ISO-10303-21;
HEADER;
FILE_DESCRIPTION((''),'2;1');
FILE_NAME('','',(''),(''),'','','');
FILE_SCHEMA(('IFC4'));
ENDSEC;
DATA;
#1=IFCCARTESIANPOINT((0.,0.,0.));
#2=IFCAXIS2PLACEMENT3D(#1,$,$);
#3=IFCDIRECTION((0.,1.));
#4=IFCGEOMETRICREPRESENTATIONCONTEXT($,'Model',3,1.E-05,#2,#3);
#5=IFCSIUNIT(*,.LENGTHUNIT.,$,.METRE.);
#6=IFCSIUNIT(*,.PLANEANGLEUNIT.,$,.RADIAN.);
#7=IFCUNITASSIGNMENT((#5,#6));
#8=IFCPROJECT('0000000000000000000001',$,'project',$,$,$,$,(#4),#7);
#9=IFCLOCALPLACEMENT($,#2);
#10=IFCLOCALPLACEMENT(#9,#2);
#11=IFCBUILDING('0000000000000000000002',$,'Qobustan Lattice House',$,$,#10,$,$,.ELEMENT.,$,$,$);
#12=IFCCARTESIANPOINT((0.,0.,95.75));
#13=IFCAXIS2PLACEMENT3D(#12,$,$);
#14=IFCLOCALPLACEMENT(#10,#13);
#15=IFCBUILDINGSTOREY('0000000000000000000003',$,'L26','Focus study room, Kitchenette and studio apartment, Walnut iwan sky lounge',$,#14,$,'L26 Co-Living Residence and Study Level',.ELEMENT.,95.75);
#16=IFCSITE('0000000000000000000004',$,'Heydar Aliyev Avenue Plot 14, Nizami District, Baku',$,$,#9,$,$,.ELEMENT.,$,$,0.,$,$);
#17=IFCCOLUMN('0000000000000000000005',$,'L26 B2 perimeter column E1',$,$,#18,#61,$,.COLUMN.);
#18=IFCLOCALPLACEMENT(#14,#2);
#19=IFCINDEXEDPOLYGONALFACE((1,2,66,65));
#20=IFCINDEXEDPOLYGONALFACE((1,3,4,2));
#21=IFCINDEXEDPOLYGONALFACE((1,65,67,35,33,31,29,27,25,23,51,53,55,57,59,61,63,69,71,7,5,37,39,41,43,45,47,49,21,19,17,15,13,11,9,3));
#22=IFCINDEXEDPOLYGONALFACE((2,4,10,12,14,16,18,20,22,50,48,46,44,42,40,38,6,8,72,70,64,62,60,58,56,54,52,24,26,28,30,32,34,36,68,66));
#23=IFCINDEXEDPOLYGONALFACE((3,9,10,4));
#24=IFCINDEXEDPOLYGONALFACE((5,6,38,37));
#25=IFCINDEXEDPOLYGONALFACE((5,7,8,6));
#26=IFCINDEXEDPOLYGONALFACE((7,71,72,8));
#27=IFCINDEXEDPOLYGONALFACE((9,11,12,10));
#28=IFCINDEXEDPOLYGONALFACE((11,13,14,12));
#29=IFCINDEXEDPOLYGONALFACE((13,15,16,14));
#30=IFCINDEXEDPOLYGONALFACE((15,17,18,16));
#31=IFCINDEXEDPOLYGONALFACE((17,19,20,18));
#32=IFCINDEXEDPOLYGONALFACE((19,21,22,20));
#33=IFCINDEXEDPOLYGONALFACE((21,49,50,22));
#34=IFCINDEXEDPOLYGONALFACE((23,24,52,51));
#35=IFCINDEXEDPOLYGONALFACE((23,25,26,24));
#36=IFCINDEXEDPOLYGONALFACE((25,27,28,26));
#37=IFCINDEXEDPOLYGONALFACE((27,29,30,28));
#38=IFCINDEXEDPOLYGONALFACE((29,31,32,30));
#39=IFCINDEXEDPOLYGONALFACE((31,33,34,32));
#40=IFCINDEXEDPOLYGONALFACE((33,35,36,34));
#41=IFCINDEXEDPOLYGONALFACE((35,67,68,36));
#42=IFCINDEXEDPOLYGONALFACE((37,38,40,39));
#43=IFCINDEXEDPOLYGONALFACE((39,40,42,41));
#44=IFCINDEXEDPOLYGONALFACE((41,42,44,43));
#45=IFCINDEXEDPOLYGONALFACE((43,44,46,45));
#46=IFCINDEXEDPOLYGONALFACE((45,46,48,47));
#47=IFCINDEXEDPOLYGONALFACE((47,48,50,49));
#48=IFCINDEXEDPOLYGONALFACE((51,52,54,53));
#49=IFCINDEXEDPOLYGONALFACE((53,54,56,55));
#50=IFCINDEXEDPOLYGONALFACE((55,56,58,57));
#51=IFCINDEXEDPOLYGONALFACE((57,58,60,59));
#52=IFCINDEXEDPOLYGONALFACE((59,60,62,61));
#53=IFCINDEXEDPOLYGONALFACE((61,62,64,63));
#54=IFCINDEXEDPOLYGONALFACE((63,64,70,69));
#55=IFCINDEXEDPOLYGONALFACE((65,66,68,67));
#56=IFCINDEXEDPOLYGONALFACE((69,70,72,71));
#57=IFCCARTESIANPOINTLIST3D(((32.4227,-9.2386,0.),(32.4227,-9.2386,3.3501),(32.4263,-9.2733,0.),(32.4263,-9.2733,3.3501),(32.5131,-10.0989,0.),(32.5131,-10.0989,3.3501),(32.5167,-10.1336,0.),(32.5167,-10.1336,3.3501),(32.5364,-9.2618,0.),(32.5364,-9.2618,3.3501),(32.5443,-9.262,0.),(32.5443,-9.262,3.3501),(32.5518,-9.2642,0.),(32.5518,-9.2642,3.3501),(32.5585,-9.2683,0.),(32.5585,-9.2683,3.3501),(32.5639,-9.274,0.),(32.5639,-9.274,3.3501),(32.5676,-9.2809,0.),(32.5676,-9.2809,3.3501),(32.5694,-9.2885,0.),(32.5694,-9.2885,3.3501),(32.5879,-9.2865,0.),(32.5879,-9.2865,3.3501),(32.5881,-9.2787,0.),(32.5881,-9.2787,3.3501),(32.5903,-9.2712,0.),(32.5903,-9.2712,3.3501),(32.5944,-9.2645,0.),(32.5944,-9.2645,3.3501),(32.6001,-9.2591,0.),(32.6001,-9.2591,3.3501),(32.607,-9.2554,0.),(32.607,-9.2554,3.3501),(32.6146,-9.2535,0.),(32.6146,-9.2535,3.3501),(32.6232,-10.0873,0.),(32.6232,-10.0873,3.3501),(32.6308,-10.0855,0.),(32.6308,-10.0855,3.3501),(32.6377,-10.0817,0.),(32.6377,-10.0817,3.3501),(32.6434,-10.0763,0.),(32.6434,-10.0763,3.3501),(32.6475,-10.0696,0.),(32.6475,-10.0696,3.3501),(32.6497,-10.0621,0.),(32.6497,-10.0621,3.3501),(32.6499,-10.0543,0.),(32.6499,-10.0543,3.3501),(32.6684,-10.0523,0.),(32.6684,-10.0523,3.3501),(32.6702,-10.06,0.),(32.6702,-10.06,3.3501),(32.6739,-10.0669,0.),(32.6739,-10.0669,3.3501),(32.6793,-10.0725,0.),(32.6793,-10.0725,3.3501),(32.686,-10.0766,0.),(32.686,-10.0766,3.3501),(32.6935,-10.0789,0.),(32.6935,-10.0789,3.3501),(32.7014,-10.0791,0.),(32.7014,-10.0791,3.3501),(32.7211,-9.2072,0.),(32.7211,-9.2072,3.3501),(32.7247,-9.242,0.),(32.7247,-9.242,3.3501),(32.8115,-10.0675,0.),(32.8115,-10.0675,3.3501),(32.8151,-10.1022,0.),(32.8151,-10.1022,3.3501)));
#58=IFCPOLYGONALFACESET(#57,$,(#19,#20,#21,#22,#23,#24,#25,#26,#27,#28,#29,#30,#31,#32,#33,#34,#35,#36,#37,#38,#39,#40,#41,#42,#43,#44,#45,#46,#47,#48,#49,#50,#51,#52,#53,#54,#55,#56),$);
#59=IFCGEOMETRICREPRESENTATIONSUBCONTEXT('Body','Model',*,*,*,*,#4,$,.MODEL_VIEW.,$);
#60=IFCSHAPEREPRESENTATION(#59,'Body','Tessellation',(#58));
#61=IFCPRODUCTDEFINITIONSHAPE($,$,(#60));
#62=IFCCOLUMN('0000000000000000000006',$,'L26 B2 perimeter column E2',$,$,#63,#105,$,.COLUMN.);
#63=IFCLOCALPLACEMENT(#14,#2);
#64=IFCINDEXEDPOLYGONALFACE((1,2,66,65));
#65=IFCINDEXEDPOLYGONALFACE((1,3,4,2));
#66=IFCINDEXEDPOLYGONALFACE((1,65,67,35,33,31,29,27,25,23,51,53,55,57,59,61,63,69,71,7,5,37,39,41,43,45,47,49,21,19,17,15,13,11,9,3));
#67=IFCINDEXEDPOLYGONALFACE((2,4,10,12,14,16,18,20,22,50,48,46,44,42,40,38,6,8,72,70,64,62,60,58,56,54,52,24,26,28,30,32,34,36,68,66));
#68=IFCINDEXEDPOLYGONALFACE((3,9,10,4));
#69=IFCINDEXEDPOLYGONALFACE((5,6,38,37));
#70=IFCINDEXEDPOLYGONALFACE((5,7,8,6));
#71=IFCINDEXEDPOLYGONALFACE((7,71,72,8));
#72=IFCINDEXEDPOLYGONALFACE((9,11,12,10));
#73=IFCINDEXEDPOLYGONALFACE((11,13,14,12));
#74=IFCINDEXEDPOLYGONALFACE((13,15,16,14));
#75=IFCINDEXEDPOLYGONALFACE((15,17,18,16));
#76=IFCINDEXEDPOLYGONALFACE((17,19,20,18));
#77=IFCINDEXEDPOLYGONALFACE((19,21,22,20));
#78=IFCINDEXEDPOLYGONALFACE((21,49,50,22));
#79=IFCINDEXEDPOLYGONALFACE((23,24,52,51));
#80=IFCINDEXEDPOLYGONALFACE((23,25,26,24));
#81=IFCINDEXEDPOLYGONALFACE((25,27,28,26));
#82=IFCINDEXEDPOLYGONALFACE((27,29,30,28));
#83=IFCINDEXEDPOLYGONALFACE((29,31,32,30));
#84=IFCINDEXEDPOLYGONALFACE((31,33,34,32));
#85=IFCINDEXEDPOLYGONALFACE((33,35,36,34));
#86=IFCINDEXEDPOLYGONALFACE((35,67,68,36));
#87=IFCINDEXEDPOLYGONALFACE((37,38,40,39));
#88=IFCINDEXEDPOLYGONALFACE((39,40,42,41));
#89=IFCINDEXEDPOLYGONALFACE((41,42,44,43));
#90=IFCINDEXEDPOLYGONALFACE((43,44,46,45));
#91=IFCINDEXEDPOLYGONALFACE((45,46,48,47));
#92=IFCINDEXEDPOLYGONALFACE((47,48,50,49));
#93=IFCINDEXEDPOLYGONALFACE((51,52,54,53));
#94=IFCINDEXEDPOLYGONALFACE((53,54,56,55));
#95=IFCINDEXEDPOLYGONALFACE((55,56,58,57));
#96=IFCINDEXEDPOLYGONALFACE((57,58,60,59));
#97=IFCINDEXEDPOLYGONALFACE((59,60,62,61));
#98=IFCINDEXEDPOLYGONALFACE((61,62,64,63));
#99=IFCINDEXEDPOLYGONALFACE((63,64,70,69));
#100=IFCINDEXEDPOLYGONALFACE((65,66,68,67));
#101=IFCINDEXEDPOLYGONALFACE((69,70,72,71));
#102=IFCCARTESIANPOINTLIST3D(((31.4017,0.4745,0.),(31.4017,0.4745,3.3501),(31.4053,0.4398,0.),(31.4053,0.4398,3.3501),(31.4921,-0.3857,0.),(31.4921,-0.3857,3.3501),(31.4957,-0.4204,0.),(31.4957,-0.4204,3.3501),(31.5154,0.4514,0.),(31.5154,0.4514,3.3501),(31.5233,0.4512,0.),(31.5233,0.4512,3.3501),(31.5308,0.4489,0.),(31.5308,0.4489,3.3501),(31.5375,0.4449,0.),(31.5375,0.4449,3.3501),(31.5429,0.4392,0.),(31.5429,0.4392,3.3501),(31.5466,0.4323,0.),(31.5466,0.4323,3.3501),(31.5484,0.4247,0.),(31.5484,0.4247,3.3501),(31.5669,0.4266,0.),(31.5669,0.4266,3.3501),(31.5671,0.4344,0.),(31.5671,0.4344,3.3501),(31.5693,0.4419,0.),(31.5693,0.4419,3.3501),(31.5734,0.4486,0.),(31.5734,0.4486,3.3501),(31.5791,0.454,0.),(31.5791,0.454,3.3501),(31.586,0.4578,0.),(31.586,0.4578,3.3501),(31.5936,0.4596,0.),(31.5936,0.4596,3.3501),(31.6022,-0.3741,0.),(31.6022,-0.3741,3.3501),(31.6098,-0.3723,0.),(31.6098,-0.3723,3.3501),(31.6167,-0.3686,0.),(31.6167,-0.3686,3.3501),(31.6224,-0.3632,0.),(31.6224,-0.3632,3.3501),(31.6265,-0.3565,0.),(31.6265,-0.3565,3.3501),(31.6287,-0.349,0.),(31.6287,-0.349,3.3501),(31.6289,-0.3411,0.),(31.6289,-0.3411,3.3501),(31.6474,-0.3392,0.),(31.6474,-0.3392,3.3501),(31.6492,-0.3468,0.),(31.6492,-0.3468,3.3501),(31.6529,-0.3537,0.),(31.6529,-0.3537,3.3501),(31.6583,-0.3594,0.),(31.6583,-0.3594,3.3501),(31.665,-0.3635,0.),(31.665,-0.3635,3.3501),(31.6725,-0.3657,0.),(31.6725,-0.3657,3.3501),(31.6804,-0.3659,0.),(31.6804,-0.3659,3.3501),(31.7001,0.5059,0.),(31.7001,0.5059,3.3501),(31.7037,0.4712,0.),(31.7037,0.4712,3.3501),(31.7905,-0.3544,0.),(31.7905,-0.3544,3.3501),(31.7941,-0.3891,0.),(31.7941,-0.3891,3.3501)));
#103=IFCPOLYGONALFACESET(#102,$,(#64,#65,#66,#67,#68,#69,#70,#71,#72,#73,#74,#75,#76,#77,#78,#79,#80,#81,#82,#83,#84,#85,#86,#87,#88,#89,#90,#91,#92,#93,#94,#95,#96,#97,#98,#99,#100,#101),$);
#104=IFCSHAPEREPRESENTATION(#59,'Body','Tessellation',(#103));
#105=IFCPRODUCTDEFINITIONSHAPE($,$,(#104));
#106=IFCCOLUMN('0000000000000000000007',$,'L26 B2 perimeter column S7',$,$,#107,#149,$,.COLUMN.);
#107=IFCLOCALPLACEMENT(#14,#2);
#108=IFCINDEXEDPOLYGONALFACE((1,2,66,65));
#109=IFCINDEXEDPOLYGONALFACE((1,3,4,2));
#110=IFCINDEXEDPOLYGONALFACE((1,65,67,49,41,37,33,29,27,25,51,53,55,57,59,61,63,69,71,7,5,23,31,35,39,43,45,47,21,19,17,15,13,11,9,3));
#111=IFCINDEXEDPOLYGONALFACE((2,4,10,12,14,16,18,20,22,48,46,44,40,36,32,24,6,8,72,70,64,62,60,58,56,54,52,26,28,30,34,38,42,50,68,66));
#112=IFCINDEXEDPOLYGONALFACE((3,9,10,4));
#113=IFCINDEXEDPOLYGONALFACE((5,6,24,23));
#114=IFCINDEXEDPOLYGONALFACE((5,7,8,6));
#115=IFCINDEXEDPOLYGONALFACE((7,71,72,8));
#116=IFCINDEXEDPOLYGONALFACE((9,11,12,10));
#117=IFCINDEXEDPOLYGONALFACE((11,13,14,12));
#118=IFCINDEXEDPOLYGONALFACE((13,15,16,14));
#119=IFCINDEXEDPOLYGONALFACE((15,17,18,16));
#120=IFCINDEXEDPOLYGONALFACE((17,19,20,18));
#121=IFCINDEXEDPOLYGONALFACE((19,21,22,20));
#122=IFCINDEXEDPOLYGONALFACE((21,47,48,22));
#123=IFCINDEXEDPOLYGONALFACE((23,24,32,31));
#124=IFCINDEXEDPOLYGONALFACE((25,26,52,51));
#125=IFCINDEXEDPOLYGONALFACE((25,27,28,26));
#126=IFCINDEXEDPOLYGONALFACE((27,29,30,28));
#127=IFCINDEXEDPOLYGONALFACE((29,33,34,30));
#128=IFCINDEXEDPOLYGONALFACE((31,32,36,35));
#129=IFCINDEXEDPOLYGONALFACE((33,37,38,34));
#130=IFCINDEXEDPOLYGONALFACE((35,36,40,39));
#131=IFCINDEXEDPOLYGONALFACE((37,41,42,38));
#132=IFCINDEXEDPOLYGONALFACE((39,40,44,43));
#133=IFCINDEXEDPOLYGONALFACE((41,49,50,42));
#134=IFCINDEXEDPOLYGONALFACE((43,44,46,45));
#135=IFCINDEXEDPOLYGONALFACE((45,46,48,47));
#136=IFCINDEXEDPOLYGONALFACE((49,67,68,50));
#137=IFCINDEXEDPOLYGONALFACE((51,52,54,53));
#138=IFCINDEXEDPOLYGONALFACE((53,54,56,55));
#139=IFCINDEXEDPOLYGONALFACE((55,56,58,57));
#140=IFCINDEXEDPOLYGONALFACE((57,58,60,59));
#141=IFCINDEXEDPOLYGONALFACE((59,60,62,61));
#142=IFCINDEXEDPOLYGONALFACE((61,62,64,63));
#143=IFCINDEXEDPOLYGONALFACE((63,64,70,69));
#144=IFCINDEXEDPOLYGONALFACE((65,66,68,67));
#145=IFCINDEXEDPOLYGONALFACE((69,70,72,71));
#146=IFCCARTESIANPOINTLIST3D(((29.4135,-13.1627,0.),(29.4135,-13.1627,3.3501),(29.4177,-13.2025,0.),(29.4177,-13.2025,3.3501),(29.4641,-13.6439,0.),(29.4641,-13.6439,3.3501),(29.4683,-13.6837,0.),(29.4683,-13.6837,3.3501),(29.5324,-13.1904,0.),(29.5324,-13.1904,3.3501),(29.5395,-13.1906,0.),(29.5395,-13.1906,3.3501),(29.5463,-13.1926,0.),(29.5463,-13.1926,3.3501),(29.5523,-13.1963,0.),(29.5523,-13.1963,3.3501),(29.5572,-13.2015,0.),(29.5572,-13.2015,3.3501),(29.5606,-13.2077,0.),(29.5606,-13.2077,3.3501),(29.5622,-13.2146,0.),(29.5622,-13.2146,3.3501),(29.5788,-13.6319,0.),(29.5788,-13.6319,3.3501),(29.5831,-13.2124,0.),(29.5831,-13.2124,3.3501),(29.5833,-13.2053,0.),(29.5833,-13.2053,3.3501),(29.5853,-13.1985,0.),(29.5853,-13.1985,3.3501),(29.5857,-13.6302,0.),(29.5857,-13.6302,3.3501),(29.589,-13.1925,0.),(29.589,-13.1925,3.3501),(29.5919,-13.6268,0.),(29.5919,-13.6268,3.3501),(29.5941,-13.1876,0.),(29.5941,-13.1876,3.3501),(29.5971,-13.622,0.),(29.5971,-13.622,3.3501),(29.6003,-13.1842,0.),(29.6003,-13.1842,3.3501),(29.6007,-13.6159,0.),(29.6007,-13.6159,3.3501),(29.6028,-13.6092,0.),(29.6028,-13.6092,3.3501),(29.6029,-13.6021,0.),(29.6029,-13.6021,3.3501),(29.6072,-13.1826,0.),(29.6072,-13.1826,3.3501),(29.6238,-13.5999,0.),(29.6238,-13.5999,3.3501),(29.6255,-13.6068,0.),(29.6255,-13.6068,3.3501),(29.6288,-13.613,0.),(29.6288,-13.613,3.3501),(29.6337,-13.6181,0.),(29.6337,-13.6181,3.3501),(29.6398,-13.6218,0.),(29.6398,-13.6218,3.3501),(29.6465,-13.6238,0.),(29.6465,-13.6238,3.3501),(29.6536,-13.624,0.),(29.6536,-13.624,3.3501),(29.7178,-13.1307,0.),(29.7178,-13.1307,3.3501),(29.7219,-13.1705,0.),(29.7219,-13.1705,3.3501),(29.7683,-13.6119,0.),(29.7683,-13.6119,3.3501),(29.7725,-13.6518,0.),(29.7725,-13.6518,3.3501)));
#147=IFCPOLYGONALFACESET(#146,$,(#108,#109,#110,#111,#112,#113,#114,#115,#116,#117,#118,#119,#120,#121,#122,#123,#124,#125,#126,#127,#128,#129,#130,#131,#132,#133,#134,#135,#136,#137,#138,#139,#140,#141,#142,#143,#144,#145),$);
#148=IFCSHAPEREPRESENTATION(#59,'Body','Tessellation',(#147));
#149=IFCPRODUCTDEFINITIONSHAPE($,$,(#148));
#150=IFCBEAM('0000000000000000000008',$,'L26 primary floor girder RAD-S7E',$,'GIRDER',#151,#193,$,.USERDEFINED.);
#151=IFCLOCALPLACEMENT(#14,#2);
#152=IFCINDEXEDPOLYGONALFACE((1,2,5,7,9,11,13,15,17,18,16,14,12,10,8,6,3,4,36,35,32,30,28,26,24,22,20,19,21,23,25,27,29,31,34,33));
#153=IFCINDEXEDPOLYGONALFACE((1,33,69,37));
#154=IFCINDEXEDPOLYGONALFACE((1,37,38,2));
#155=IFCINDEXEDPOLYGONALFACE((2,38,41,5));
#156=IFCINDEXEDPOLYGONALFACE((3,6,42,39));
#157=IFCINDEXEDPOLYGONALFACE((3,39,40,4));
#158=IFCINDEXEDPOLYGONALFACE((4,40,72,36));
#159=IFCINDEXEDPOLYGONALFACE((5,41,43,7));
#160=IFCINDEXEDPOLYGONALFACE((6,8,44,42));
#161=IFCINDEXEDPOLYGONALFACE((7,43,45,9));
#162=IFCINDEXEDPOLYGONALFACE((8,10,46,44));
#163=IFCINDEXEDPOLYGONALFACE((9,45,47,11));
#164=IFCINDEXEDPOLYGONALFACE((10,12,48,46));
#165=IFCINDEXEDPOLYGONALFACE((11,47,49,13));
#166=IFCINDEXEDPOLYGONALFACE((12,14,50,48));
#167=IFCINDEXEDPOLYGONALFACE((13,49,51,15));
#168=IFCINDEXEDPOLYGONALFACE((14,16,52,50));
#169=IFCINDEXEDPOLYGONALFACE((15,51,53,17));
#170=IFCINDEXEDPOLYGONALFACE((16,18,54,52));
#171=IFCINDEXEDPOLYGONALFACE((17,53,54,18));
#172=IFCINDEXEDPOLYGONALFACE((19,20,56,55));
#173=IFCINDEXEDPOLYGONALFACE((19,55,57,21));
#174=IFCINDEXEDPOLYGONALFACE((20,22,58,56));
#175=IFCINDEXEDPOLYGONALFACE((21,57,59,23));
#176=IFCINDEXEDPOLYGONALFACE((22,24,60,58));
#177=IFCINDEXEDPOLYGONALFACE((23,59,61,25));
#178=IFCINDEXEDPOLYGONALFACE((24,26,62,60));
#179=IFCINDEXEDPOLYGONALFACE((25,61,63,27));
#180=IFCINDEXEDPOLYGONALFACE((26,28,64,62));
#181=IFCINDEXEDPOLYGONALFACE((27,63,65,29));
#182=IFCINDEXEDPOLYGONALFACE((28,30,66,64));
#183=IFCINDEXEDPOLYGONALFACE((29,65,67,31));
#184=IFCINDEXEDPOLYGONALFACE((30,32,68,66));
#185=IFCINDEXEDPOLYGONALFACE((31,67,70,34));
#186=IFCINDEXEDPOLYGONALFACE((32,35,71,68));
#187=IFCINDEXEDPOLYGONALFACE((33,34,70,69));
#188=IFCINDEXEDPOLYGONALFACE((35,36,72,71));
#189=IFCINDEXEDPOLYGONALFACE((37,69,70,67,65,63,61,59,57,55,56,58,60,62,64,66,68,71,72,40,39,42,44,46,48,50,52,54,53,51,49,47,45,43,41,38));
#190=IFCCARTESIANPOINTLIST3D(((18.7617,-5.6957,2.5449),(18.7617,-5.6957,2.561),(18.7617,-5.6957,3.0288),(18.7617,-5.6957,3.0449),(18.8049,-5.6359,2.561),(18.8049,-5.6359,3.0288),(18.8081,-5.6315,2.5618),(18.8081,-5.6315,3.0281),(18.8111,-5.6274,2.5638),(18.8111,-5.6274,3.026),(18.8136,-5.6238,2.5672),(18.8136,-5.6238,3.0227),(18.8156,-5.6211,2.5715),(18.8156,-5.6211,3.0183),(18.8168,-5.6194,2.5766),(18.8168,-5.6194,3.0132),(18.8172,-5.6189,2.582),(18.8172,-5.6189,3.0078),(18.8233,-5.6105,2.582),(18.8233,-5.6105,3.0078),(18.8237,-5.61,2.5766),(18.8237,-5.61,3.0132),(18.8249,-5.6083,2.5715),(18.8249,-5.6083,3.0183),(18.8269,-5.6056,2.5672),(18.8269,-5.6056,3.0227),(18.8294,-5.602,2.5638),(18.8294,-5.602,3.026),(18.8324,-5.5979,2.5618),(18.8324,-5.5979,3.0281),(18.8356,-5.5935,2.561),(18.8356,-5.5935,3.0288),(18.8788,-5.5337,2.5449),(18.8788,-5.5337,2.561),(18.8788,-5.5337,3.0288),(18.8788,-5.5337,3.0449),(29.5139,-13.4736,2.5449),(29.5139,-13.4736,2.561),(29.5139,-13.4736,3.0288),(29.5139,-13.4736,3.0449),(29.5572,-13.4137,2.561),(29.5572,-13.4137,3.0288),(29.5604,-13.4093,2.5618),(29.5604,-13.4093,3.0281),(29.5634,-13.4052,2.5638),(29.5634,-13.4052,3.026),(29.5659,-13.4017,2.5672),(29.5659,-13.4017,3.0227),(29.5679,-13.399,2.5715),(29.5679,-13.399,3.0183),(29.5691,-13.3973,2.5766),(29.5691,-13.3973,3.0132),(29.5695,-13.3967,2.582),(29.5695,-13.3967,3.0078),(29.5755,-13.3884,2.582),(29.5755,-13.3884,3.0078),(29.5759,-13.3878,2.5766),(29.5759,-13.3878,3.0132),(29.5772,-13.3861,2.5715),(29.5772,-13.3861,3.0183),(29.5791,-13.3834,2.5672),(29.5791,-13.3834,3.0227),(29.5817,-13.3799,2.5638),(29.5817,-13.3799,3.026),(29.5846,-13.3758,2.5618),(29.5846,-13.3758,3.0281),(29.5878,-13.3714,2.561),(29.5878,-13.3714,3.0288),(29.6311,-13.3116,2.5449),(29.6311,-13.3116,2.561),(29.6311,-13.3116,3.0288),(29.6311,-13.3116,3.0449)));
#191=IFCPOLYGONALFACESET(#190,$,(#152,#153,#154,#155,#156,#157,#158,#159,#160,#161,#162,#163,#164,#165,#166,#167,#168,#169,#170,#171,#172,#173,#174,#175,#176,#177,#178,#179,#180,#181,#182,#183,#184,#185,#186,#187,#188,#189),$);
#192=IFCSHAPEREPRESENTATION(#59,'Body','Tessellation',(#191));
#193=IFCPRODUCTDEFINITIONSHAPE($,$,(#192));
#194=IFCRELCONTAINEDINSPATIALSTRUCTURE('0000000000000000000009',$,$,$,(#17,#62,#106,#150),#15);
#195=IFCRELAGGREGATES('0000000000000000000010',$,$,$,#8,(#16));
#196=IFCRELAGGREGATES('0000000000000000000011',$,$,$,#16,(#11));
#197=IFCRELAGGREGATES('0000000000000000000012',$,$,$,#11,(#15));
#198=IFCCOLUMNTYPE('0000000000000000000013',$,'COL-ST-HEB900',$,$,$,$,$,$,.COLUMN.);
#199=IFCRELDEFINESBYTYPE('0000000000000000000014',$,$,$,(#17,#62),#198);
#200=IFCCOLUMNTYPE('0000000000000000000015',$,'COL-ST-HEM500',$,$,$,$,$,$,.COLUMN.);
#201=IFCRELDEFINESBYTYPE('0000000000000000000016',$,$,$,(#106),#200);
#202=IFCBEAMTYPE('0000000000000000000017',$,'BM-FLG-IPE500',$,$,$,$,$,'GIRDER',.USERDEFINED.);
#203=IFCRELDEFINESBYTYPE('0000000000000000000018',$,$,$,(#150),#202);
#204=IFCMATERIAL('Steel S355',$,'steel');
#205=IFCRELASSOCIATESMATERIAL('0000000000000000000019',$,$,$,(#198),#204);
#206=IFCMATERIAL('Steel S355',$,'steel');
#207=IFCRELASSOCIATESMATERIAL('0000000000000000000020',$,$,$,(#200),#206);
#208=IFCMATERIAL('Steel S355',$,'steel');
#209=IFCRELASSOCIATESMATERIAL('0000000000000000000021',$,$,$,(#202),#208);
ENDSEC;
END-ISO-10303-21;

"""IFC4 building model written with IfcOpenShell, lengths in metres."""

from ifc_helpers import new_model, si_unit, direction, frame, origin, origin_2d, place, context, subcontext, project, spatial, i_section, extrude, material, material_profile, profile_set, type_object, element, save


model = new_model("IFC4")

# Units and contexts
model_context = context("Model", 3, precision=1e-05, world=origin(), true_north=direction((0.0, 1.0)))
body_context = subcontext(model_context, "Body", "Model", "MODEL_VIEW")
ifc_project = project(units=[si_unit("LENGTHUNIT", "METRE"), si_unit("PLANEANGLEUNIT", "RADIAN")], contexts=[model_context])

# Site, building, storey
site_placement = place(None, origin())
site = spatial("IfcSite", under=ifc_project, at=site_placement, Name="Heydar Aliyev Avenue Plot 14, Nizami District, Baku", CompositionType="ELEMENT", RefElevation=0.0)
building_placement = place(site_placement, origin())
building = spatial("IfcBuilding", under=site, at=building_placement, Name="Qobustan Lattice House", CompositionType="ELEMENT")
storey_placement = place(building_placement, frame((0.0, 0.0, 95.75)))
storey = spatial("IfcBuildingStorey", under=building, at=storey_placement, Name="L26", Description="Focus study room, Kitchenette and studio apartment, Walnut iwan sky lounge", LongName="L26 Co-Living Residence and Study Level", CompositionType="ELEMENT", Elevation=95.75)

# Columns
ifc_material_1 = material(Name="Steel S355", Category="steel")
ifc_material_profile_1 = material_profile(ifc_material_1, i_section(OverallWidth=0.3, OverallDepth=0.8999, WebThickness=0.0186, FlangeThickness=0.0349, FilletRadius=0.03, at=origin_2d()), Name="HEB900")
ifc_profile_set_1 = profile_set([ifc_material_profile_1], Name="Steel S355")
column_type_1 = type_object("IfcColumnType", Name="COL-ST-HEB900", PredefinedType="COLUMN", material=ifc_profile_set_1)
for number, where, z_axis, x_axis, name in (
    (1, (32.6189, -9.6704, 0.0), (0.0, 0.0, 1.0), (0.994522, 0.104528, 0.0), "L26 B2 perimeter column E1"),
    (2, (31.5979, 0.0427, 0.0), (0.0, 0.0, 1.0), (0.994522, 0.104528, 0.0), "L26 B2 perimeter column E2"),
):
    element("IfcColumn", number, at=place(storey_placement, frame(where, z_axis=z_axis, x_axis=x_axis)), inside=storey, type_object=column_type_1, Name=name, PredefinedType="COLUMN", context=body_context, shape_type="SweptSolid", body=[
        extrude(i_section(OverallWidth=0.3, OverallDepth=0.8999, WebThickness=0.0186, FlangeThickness=0.0349, FilletRadius=0.03, at=origin_2d()), origin(), (0.0, 0.0, 1.0), 3.3501),
    ])
ifc_material_2 = material(Name="Steel S355", Category="steel")
ifc_material_profile_2 = material_profile(ifc_material_2, i_section(OverallWidth=0.3059, OverallDepth=0.5239, WebThickness=0.021, FlangeThickness=0.04, FilletRadius=0.0271, at=origin_2d()), Name="HEM500")
ifc_profile_set_2 = profile_set([ifc_material_profile_2], Name="Steel S355")
column_type_2 = type_object("IfcColumnType", Name="COL-ST-HEM500", PredefinedType="COLUMN", material=ifc_profile_set_2)
column_placement = place(storey_placement, frame((29.593, -13.4072, 0.0), z_axis=(0.0, 0.0, 1.0), x_axis=(0.994522, 0.104528, 0.0)))
element("IfcColumn", 3, at=column_placement, inside=storey, type_object=column_type_2, Name="L26 B2 perimeter column S7", PredefinedType="COLUMN", context=body_context, shape_type="SweptSolid", body=[
    extrude(i_section(OverallWidth=0.3059, OverallDepth=0.5239, WebThickness=0.021, FlangeThickness=0.04, FilletRadius=0.0271, at=origin_2d()), origin(), (0.0, 0.0, 1.0), 3.3501),
])

# Beam
ifc_material_3 = material(Name="Steel S355", Category="steel")
ifc_material_profile_3 = material_profile(ifc_material_3, i_section(OverallWidth=0.2, OverallDepth=0.5, WebThickness=0.0103, FlangeThickness=0.0161, FilletRadius=0.021, at=origin_2d()), Name="IPE500")
ifc_profile_set_3 = profile_set([ifc_material_profile_3], Name="Steel S355")
beam_type_1 = type_object("IfcBeamType", Name="BM-FLG-IPE500", ElementType="GIRDER", PredefinedType="USERDEFINED", material=ifc_profile_set_3)
beam_1_placement = place(storey_placement, frame((29.5725, -13.3926, 2.7949), z_axis=(-0.810237, 0.586102, 0.0), x_axis=(-0.586102, -0.810237, 0.0)))
element("IfcBeam", 4, at=beam_1_placement, inside=storey, type_object=beam_type_1, Name="L26 primary floor girder RAD-S7E", ObjectType="GIRDER", PredefinedType="USERDEFINED", context=body_context, shape_type="SweptSolid", body=[
    extrude(i_section(OverallWidth=0.2, OverallDepth=0.5, WebThickness=0.0103, FlangeThickness=0.0161, FilletRadius=0.021, at=origin_2d()), origin(), (0.0, 0.0, 1.0), 13.2705),
])

save(model, "model.ifc")
